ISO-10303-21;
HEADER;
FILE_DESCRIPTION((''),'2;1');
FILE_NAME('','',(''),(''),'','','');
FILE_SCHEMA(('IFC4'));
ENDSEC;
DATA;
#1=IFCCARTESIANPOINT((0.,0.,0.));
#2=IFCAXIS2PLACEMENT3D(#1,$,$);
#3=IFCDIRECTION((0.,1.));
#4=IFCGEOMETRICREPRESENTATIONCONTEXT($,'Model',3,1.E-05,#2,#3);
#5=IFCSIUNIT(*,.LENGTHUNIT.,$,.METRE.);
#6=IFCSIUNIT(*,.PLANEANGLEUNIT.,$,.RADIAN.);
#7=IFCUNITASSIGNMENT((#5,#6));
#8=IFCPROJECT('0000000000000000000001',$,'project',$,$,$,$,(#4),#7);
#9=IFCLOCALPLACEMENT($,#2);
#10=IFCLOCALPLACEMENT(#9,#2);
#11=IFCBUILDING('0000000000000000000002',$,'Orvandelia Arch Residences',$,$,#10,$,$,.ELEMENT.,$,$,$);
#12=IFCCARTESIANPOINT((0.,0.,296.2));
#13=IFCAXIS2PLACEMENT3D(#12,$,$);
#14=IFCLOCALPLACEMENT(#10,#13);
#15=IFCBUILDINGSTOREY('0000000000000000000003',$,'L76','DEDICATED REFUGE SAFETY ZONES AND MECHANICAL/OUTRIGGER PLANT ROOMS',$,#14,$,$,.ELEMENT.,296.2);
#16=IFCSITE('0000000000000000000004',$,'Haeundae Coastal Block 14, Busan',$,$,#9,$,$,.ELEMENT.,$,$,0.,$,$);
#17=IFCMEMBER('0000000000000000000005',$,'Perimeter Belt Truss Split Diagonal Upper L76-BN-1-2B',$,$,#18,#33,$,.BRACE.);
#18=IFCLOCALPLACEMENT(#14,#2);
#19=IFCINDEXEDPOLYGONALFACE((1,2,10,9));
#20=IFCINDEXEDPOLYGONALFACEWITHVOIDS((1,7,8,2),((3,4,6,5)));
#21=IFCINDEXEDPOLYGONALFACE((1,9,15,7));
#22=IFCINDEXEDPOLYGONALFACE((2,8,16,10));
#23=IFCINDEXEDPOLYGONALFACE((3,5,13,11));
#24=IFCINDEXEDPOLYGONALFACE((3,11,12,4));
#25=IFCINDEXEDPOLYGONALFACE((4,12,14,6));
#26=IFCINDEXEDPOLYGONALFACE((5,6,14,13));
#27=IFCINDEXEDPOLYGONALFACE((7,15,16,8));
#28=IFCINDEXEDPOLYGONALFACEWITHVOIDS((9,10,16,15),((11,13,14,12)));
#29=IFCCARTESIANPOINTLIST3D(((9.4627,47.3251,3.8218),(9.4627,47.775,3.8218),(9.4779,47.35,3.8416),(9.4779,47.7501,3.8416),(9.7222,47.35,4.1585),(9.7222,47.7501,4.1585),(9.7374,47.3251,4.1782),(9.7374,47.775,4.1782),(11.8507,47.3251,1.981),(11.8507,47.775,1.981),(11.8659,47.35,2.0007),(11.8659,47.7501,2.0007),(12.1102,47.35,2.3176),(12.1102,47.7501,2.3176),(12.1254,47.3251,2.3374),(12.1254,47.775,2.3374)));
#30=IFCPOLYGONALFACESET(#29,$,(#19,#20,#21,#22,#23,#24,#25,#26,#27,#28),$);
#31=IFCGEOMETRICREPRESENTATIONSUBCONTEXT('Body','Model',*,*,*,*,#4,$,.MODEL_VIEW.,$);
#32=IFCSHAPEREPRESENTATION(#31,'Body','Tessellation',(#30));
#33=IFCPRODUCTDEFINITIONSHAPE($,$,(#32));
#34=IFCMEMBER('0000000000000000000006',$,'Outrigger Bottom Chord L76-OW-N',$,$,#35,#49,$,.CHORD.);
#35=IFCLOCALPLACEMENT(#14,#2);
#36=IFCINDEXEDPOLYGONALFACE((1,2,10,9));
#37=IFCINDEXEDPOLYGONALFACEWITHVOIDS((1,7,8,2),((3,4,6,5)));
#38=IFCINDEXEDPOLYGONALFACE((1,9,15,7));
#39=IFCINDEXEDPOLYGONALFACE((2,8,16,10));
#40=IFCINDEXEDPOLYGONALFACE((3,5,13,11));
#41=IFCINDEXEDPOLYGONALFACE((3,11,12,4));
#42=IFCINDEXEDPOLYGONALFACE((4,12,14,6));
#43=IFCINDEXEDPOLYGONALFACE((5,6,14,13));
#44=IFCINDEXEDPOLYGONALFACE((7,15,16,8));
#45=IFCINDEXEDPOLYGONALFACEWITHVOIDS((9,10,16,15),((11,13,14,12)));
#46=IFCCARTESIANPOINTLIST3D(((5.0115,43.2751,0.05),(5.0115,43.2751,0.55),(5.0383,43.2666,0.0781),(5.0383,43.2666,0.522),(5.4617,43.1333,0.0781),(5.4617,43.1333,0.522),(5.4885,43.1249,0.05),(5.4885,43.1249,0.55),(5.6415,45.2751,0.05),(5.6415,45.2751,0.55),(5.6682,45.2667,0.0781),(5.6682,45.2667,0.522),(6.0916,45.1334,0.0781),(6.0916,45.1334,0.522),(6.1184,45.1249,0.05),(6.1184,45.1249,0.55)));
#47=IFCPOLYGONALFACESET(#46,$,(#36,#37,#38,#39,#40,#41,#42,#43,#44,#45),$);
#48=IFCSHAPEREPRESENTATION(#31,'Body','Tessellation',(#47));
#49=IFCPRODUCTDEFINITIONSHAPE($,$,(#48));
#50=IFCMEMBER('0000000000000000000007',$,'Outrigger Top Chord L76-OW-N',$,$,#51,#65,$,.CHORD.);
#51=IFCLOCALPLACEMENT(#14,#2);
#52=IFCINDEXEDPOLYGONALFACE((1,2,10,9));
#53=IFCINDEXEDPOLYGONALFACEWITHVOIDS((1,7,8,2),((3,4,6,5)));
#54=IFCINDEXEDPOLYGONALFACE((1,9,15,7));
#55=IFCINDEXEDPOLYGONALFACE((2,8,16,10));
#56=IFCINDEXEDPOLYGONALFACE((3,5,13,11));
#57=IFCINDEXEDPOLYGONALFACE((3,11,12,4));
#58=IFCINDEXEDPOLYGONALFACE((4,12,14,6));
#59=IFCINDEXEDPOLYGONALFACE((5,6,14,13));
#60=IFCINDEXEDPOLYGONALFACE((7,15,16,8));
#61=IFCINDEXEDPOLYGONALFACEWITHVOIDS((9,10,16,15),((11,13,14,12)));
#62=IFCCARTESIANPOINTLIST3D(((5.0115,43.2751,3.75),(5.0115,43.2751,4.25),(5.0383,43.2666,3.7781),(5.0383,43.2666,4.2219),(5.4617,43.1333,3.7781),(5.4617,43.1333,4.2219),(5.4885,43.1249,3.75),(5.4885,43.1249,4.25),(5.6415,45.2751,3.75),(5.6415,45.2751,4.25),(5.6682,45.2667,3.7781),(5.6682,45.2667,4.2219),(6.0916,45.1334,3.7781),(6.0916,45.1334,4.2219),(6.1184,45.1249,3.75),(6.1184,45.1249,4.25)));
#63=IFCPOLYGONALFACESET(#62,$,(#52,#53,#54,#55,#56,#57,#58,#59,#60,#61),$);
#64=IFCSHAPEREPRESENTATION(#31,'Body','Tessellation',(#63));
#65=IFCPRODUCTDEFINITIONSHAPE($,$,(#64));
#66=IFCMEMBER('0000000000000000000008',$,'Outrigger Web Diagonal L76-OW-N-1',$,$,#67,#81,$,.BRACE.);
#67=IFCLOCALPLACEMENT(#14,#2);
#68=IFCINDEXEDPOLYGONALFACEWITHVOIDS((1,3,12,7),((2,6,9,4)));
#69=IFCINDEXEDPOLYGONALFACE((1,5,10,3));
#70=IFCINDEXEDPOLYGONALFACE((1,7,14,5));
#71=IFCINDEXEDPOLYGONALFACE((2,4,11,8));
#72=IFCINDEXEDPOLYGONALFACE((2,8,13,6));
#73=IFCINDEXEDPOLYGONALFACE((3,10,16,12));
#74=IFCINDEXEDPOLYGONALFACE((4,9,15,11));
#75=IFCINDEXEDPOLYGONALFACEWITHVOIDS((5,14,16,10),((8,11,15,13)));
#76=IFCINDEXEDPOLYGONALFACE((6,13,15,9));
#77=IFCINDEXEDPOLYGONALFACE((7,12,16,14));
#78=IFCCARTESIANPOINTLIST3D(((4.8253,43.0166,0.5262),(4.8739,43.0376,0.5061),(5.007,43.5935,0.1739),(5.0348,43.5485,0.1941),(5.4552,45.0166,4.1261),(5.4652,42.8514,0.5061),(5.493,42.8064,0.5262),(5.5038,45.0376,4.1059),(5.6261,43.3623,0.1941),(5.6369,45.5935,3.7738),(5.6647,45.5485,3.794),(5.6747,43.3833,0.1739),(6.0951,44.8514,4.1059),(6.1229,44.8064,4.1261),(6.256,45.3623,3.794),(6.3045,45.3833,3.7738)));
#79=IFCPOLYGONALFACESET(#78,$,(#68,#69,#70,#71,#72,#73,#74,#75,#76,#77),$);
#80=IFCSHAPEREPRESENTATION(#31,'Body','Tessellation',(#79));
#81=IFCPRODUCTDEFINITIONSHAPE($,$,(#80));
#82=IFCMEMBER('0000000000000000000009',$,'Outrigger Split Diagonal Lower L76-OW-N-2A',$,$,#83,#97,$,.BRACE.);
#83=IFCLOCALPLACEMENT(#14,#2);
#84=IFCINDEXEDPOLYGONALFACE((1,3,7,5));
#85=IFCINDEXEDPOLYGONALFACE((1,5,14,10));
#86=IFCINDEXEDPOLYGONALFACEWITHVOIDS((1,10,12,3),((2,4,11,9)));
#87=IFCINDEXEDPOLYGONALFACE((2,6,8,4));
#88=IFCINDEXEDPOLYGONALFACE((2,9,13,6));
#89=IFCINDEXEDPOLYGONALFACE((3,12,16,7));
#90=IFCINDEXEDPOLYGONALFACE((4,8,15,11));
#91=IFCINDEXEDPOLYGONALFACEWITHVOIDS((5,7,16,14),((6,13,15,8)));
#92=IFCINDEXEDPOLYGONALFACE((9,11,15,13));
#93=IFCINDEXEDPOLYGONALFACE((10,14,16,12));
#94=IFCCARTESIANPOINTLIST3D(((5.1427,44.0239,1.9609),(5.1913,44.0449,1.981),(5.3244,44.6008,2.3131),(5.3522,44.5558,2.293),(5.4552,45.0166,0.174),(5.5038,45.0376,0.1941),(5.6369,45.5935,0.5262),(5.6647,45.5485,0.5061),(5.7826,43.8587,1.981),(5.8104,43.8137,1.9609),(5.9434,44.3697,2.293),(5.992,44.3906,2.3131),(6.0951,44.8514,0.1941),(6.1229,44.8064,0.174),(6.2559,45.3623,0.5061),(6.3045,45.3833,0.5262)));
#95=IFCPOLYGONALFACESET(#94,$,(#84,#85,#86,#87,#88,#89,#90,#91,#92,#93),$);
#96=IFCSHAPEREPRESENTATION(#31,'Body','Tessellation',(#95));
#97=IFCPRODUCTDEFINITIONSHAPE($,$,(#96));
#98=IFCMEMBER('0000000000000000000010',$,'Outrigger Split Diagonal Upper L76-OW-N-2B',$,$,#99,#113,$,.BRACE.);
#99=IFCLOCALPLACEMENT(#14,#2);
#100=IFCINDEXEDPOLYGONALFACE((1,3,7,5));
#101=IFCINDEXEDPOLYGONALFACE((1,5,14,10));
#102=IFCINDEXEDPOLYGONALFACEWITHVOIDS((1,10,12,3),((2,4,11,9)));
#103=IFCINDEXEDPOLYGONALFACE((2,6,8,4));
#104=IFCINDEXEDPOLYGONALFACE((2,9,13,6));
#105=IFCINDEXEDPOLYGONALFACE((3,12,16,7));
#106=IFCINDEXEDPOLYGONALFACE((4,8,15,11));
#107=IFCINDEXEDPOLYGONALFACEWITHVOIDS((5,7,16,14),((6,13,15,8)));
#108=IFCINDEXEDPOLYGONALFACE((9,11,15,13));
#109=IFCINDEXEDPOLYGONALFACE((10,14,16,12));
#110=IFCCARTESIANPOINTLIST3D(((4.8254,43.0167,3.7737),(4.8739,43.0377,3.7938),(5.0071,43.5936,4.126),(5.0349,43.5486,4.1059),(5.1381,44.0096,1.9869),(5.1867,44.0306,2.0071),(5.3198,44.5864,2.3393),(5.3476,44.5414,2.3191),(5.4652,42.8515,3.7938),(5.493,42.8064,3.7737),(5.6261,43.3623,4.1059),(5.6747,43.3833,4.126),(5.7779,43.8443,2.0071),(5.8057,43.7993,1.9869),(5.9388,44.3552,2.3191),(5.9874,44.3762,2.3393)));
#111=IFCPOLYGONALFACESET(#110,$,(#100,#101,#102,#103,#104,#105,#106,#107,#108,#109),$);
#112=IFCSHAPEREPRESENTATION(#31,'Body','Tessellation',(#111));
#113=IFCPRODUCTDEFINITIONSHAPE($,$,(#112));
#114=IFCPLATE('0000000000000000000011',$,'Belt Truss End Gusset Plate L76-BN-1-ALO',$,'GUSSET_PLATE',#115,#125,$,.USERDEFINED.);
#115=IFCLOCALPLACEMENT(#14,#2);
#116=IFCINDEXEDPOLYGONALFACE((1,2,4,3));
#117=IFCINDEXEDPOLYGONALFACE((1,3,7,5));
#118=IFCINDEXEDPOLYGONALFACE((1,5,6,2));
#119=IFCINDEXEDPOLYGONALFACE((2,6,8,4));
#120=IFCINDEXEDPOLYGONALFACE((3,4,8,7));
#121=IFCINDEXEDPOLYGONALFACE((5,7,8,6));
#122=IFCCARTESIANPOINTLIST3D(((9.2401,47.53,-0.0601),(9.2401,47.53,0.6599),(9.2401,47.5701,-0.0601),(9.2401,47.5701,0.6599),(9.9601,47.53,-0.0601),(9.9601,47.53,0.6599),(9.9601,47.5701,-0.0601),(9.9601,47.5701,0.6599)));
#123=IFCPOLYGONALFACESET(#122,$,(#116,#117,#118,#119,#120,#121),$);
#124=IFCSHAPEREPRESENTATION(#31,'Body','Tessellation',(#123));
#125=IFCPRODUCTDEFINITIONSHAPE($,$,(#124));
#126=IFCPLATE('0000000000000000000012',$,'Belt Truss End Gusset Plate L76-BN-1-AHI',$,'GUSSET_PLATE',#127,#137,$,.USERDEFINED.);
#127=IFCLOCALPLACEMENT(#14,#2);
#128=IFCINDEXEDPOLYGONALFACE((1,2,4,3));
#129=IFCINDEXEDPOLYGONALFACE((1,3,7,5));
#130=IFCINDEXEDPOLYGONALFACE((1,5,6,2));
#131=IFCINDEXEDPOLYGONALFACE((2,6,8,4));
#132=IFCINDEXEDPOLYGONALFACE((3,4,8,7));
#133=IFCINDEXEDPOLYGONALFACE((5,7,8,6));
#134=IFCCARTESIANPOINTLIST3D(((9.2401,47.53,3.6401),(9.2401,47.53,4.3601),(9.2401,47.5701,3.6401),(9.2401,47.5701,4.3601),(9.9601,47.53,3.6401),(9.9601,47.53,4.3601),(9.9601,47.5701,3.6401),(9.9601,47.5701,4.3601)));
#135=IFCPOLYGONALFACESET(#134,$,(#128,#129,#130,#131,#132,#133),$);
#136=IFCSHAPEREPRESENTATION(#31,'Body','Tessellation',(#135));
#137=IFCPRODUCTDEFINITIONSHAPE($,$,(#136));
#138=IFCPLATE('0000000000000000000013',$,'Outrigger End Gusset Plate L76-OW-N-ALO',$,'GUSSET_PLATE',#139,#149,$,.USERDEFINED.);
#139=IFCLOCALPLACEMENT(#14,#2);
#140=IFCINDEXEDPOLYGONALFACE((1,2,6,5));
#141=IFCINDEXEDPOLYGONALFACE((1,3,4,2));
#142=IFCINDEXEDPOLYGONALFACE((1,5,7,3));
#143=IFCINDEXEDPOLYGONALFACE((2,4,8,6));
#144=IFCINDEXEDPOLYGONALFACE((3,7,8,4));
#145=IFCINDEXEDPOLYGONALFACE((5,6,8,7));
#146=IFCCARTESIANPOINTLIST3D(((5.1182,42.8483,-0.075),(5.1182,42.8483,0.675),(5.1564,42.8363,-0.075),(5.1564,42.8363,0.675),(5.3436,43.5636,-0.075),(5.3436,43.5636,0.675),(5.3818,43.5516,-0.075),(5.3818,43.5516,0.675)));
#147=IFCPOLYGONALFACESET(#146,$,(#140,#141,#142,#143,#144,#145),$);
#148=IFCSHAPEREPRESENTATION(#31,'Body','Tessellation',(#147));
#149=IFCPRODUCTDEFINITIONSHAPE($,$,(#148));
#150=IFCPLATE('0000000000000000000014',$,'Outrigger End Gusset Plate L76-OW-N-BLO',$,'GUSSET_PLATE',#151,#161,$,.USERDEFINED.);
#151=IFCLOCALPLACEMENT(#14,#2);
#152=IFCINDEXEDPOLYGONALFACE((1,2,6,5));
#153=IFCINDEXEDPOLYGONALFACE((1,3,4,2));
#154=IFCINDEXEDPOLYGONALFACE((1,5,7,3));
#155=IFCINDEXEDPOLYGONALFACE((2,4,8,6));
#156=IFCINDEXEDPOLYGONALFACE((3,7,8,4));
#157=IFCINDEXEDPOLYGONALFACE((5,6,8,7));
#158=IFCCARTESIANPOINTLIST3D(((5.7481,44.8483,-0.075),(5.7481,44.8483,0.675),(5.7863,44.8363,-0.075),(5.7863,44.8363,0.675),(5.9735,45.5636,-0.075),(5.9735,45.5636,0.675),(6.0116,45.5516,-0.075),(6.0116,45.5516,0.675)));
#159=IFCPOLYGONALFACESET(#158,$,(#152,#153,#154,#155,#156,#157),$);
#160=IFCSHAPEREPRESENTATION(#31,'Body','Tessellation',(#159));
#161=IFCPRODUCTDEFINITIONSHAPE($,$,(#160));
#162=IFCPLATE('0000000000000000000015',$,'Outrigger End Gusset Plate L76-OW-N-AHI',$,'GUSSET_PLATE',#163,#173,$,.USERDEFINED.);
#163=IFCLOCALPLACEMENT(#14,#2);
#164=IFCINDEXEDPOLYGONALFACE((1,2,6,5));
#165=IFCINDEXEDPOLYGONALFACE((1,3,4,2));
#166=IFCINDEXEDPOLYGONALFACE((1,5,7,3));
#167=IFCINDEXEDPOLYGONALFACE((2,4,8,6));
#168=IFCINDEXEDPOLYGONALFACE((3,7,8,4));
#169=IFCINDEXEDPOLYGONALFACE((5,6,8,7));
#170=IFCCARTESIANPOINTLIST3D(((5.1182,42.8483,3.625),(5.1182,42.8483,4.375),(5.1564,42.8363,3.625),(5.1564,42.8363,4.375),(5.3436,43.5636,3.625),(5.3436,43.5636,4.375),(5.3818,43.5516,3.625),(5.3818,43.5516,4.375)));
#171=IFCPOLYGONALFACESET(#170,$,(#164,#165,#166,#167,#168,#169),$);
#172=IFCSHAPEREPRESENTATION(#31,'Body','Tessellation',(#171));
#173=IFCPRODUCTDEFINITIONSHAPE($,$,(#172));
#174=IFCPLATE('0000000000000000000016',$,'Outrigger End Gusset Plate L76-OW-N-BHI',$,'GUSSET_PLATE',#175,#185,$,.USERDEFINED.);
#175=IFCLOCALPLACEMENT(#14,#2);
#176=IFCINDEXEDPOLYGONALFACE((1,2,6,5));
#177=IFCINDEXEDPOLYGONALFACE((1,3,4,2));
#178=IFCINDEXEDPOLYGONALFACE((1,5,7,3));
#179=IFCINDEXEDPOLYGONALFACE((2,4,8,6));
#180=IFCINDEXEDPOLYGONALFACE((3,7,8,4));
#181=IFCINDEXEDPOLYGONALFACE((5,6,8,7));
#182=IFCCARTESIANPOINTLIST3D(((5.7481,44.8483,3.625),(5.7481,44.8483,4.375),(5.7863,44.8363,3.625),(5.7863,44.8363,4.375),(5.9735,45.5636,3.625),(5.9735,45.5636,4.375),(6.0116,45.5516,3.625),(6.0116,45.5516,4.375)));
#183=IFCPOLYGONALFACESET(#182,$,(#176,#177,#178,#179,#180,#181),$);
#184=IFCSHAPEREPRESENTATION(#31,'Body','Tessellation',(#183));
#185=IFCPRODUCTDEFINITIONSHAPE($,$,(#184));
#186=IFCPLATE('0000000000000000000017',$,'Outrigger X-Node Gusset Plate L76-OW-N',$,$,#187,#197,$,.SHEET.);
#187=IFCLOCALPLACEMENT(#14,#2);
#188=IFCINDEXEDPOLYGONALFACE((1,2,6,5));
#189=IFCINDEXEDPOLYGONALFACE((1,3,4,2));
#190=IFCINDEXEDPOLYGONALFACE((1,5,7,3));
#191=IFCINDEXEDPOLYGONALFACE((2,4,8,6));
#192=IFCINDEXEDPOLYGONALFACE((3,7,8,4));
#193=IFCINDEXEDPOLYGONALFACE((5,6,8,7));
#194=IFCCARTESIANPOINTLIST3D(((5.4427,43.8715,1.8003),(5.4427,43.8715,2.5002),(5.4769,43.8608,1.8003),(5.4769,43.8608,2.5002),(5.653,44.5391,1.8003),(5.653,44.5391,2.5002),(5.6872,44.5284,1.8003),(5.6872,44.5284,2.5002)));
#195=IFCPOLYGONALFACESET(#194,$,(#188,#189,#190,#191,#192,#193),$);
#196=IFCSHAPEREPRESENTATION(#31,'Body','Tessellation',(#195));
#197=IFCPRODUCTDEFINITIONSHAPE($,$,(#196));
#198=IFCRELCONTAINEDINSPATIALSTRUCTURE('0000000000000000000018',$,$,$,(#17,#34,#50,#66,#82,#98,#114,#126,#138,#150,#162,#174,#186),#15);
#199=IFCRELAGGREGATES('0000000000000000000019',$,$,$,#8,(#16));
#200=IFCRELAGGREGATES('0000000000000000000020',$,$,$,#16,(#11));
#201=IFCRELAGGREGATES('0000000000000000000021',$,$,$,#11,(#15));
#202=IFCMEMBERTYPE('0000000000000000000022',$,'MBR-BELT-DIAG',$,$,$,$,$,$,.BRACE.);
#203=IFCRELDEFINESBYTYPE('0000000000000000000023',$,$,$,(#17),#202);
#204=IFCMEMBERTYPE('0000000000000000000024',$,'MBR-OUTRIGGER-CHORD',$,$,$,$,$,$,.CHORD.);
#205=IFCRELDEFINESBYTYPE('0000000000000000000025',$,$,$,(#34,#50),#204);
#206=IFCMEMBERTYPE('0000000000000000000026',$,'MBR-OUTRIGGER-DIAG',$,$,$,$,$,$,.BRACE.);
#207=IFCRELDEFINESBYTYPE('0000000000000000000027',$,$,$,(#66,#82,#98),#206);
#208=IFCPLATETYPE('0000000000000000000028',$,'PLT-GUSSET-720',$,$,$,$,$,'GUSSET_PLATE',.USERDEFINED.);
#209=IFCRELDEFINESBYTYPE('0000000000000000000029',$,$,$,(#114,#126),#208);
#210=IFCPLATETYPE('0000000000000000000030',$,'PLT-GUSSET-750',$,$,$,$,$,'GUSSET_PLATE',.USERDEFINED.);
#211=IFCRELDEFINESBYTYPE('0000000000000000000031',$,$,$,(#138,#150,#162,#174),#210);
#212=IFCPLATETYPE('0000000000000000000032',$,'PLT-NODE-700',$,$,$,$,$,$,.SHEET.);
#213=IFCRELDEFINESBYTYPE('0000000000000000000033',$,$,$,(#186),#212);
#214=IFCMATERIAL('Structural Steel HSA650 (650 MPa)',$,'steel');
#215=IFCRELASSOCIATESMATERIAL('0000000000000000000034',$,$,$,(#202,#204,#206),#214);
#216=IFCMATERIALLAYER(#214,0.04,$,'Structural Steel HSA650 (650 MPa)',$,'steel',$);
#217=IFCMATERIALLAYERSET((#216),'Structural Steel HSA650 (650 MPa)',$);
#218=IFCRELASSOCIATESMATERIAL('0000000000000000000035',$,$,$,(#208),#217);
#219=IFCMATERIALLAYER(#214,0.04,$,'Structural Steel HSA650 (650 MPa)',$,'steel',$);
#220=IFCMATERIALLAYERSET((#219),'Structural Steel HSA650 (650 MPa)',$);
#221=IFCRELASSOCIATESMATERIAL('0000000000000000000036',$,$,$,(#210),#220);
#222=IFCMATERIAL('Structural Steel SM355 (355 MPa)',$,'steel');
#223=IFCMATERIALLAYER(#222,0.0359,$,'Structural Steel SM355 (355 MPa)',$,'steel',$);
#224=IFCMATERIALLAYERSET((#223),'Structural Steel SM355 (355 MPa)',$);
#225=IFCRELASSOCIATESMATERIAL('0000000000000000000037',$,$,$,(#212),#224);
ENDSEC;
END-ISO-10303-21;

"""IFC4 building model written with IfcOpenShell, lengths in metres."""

from ifc_helpers import new_model, si_unit, direction, frame, origin, origin_2d, place, context, subcontext, project, spatial, rectangle, hollow_rectangle, extrude, material, layer, layer_set, material_profile, profile_set, type_object, element, save


model = new_model("IFC4")

# Units and contexts
model_context = context("Model", 3, precision=1e-05, world=origin(), true_north=direction((0.0, 1.0)))
body_context = subcontext(model_context, "Body", "Model", "MODEL_VIEW")
ifc_project = project(units=[si_unit("LENGTHUNIT", "METRE"), si_unit("PLANEANGLEUNIT", "RADIAN")], contexts=[model_context])

# Site, building, storey
site_placement = place(None, origin())
site = spatial("IfcSite", under=ifc_project, at=site_placement, Name="Haeundae Coastal Block 14, Busan", CompositionType="ELEMENT", RefElevation=0.0)
building_placement = place(site_placement, origin())
building = spatial("IfcBuilding", under=site, at=building_placement, Name="Orvandelia Arch Residences", CompositionType="ELEMENT")
storey_placement = place(building_placement, frame((0.0, 0.0, 296.2)))
storey = spatial("IfcBuildingStorey", under=building, at=storey_placement, Name="L76", Description="DEDICATED REFUGE SAFETY ZONES AND MECHANICAL/OUTRIGGER PLANT ROOMS", CompositionType="ELEMENT", Elevation=296.2)

# Shared definitions
ifc_material_1 = material(Name="Structural Steel SM355 (355 MPa)", Category="steel")

# Members
ifc_material_2 = material(Name="Structural Steel HSA650 (650 MPa)", Category="steel")
ifc_material_profile_1 = material_profile(ifc_material_2, hollow_rectangle(XDim=0.45, YDim=0.45, WallThickness=0.0249, at=origin_2d()), Name="Structural Steel HSA650 (650 MPa)", Category="steel")
ifc_profile_set_1 = profile_set([ifc_material_profile_1], Name="Structural Steel HSA650 (650 MPa)")
member_type_1 = type_object("IfcMemberType", Name="MBR-BELT-DIAG", PredefinedType="BRACE", material=ifc_profile_set_1)
member_1_placement = place(storey_placement, frame((11.988, 47.55, 2.1592), z_axis=(-0.791991, 0.0, 0.610532), x_axis=(0.0, -1.0, 0.0)))
element("IfcMember", 1, at=member_1_placement, inside=storey, type_object=member_type_1, Name="Perimeter Belt Truss Split Diagonal Upper L76-BN-1-2B", PredefinedType="BRACE", context=body_context, shape_type="SweptSolid", body=[
    extrude(hollow_rectangle(XDim=0.45, YDim=0.45, WallThickness=0.0249, at=origin_2d()), origin(), (0.0, 0.0, 1.0), 3.0151),
])
ifc_material_profile_2 = material_profile(ifc_material_2, hollow_rectangle(XDim=0.5, YDim=0.5, WallThickness=0.0281, at=origin_2d()), Name="Structural Steel HSA650 (650 MPa)", Category="steel")
ifc_profile_set_2 = profile_set([ifc_material_profile_2], Name="Structural Steel HSA650 (650 MPa)")
member_type_2 = type_object("IfcMemberType", Name="MBR-OUTRIGGER-CHORD", PredefinedType="CHORD", material=ifc_profile_set_2)
for number, where, z_axis, x_axis, name in (
    (2, (5.25, 43.2, 0.3), (0.300396, 0.953815, 0.0), (-0.953815, 0.300396, 0.0), "Outrigger Bottom Chord L76-OW-N"),
    (3, (5.25, 43.2, 4.0), (0.300396, 0.953815, 0.0), (-0.953815, 0.300396, 0.0), "Outrigger Top Chord L76-OW-N"),
):
    element("IfcMember", number, at=place(storey_placement, frame(where, z_axis=z_axis, x_axis=x_axis)), inside=storey, type_object=member_type_2, Name=name, PredefinedType="CHORD", context=body_context, shape_type="SweptSolid", body=[
        extrude(hollow_rectangle(XDim=0.5, YDim=0.5, WallThickness=0.0281, at=origin_2d()), origin(), (0.0, 0.0, 1.0), 2.0969),
    ])
ifc_material_profile_3 = material_profile(ifc_material_2, hollow_rectangle(XDim=0.7, YDim=0.7, WallThickness=0.04, at=origin_2d()), Name="Structural Steel HSA650 (650 MPa)", Category="steel")
ifc_profile_set_3 = profile_set([ifc_material_profile_3], Name="Structural Steel HSA650 (650 MPa)")
member_type_3 = type_object("IfcMemberType", Name="MBR-OUTRIGGER-DIAG", PredefinedType="BRACE", material=ifc_profile_set_3)
member_2_placement = place(storey_placement, frame((5.25, 43.2, 0.3501), z_axis=(0.151195, 0.480075, 0.8641), x_axis=(-0.953815, 0.300396, 0.0)))
element("IfcMember", 4, at=member_2_placement, inside=storey, type_object=member_type_3, Name="Outrigger Web Diagonal L76-OW-N-1", PredefinedType="BRACE", context=body_context, shape_type="SweptSolid", body=[
    extrude(hollow_rectangle(XDim=0.7, YDim=0.7, WallThickness=0.04, at=origin_2d()), origin(), (0.0, 0.0, 1.0), 4.166),
])
for number, where, z_axis, x_axis, name in (
    (5, (5.8799, 45.2, 0.3501), (-0.151124, -0.480055, 0.864123), (0.953852, -0.300278, 0.0), "Outrigger Split Diagonal Lower L76-OW-N-2A"),
    (6, (5.5627, 44.1929, 2.1631), (-0.151231, -0.480137, 0.864059), (0.953806, -0.300424, 0.0), "Outrigger Split Diagonal Upper L76-OW-N-2B"),
):
    element("IfcMember", number, at=place(storey_placement, frame(where, z_axis=z_axis, x_axis=x_axis)), inside=storey, type_object=member_type_3, Name=name, PredefinedType="BRACE", context=body_context, shape_type="SweptSolid", body=[
        extrude(hollow_rectangle(XDim=0.7, YDim=0.7, WallThickness=0.04, at=origin_2d()), origin(), (0.0, 0.0, 1.0), 2.0679),
    ])

# Plates
ifc_layer_1 = layer(ifc_material_2, 0.04, Name="Structural Steel HSA650 (650 MPa)", Category="steel")
ifc_layer_set_1 = layer_set([ifc_layer_1], Name="Structural Steel HSA650 (650 MPa)")
plate_type_1 = type_object("IfcPlateType", Name="PLT-GUSSET-720", ElementType="GUSSET_PLATE", PredefinedType="USERDEFINED", material=ifc_layer_set_1)
for number, where, z_axis, x_axis, name in (
    (7, (9.6001, 47.55, -0.0601), (0.0, 0.0, 1.0), (1.0, 0.0, 0.0), "Belt Truss End Gusset Plate L76-BN-1-ALO"),
    (8, (9.6001, 47.55, 3.6401), (0.0, 0.0, 1.0), (1.0, 0.0, 0.0), "Belt Truss End Gusset Plate L76-BN-1-AHI"),
):
    element("IfcPlate", number, at=place(storey_placement, frame(where, z_axis=z_axis, x_axis=x_axis)), inside=storey, type_object=plate_type_1, Name=name, ObjectType="GUSSET_PLATE", PredefinedType="USERDEFINED", context=body_context, shape_type="SweptSolid", body=[
        extrude(rectangle(XDim=0.72, YDim=0.04, at=origin_2d()), origin(), (0.0, 0.0, 1.0), 0.72),
    ])
ifc_layer_2 = layer(ifc_material_2, 0.04, Name="Structural Steel HSA650 (650 MPa)", Category="steel")
ifc_layer_set_2 = layer_set([ifc_layer_2], Name="Structural Steel HSA650 (650 MPa)")
plate_type_2 = type_object("IfcPlateType", Name="PLT-GUSSET-750", ElementType="GUSSET_PLATE", PredefinedType="USERDEFINED", material=ifc_layer_set_2)
for number, where, z_axis, x_axis, name in (
    (9, (5.25, 43.2, -0.075), (0.0, 0.0, 1.0), (0.300439, 0.953801, 0.0), "Outrigger End Gusset Plate L76-OW-N-ALO"),
    (10, (5.8799, 45.2, -0.075), (0.0, 0.0, 1.0), (0.300439, 0.953801, 0.0), "Outrigger End Gusset Plate L76-OW-N-BLO"),
    (11, (5.25, 43.2, 3.625), (0.0, 0.0, 1.0), (0.300439, 0.953801, 0.0), "Outrigger End Gusset Plate L76-OW-N-AHI"),
    (12, (5.8799, 45.2, 3.625), (0.0, 0.0, 1.0), (0.300439, 0.953801, 0.0), "Outrigger End Gusset Plate L76-OW-N-BHI"),
):
    element("IfcPlate", number, at=place(storey_placement, frame(where, z_axis=z_axis, x_axis=x_axis)), inside=storey, type_object=plate_type_2, Name=name, ObjectType="GUSSET_PLATE", PredefinedType="USERDEFINED", context=body_context, shape_type="SweptSolid", body=[
        extrude(rectangle(XDim=0.75, YDim=0.04, at=origin_2d()), origin(), (0.0, 0.0, 1.0), 0.75),
    ])
ifc_layer_3 = layer(ifc_material_1, 0.0359, Name="Structural Steel SM355 (355 MPa)", Category="steel")
ifc_layer_set_3 = layer_set([ifc_layer_3], Name="Structural Steel SM355 (355 MPa)")
plate_type_3 = type_object("IfcPlateType", Name="PLT-NODE-700", PredefinedType="SHEET", material=ifc_layer_set_3)
plate_1_placement = place(storey_placement, frame((5.5649, 44.2, 1.8003), z_axis=(0.0, 0.0, 1.0), x_axis=(0.300439, 0.953801, 0.0)))
element("IfcPlate", 13, at=plate_1_placement, inside=storey, type_object=plate_type_3, Name="Outrigger X-Node Gusset Plate L76-OW-N", PredefinedType="SHEET", context=body_context, shape_type="SweptSolid", body=[
    extrude(rectangle(XDim=0.7, YDim=0.0359, at=origin_2d()), origin(), (0.0, 0.0, 1.0), 0.7),
])

save(model, "model.ifc")
